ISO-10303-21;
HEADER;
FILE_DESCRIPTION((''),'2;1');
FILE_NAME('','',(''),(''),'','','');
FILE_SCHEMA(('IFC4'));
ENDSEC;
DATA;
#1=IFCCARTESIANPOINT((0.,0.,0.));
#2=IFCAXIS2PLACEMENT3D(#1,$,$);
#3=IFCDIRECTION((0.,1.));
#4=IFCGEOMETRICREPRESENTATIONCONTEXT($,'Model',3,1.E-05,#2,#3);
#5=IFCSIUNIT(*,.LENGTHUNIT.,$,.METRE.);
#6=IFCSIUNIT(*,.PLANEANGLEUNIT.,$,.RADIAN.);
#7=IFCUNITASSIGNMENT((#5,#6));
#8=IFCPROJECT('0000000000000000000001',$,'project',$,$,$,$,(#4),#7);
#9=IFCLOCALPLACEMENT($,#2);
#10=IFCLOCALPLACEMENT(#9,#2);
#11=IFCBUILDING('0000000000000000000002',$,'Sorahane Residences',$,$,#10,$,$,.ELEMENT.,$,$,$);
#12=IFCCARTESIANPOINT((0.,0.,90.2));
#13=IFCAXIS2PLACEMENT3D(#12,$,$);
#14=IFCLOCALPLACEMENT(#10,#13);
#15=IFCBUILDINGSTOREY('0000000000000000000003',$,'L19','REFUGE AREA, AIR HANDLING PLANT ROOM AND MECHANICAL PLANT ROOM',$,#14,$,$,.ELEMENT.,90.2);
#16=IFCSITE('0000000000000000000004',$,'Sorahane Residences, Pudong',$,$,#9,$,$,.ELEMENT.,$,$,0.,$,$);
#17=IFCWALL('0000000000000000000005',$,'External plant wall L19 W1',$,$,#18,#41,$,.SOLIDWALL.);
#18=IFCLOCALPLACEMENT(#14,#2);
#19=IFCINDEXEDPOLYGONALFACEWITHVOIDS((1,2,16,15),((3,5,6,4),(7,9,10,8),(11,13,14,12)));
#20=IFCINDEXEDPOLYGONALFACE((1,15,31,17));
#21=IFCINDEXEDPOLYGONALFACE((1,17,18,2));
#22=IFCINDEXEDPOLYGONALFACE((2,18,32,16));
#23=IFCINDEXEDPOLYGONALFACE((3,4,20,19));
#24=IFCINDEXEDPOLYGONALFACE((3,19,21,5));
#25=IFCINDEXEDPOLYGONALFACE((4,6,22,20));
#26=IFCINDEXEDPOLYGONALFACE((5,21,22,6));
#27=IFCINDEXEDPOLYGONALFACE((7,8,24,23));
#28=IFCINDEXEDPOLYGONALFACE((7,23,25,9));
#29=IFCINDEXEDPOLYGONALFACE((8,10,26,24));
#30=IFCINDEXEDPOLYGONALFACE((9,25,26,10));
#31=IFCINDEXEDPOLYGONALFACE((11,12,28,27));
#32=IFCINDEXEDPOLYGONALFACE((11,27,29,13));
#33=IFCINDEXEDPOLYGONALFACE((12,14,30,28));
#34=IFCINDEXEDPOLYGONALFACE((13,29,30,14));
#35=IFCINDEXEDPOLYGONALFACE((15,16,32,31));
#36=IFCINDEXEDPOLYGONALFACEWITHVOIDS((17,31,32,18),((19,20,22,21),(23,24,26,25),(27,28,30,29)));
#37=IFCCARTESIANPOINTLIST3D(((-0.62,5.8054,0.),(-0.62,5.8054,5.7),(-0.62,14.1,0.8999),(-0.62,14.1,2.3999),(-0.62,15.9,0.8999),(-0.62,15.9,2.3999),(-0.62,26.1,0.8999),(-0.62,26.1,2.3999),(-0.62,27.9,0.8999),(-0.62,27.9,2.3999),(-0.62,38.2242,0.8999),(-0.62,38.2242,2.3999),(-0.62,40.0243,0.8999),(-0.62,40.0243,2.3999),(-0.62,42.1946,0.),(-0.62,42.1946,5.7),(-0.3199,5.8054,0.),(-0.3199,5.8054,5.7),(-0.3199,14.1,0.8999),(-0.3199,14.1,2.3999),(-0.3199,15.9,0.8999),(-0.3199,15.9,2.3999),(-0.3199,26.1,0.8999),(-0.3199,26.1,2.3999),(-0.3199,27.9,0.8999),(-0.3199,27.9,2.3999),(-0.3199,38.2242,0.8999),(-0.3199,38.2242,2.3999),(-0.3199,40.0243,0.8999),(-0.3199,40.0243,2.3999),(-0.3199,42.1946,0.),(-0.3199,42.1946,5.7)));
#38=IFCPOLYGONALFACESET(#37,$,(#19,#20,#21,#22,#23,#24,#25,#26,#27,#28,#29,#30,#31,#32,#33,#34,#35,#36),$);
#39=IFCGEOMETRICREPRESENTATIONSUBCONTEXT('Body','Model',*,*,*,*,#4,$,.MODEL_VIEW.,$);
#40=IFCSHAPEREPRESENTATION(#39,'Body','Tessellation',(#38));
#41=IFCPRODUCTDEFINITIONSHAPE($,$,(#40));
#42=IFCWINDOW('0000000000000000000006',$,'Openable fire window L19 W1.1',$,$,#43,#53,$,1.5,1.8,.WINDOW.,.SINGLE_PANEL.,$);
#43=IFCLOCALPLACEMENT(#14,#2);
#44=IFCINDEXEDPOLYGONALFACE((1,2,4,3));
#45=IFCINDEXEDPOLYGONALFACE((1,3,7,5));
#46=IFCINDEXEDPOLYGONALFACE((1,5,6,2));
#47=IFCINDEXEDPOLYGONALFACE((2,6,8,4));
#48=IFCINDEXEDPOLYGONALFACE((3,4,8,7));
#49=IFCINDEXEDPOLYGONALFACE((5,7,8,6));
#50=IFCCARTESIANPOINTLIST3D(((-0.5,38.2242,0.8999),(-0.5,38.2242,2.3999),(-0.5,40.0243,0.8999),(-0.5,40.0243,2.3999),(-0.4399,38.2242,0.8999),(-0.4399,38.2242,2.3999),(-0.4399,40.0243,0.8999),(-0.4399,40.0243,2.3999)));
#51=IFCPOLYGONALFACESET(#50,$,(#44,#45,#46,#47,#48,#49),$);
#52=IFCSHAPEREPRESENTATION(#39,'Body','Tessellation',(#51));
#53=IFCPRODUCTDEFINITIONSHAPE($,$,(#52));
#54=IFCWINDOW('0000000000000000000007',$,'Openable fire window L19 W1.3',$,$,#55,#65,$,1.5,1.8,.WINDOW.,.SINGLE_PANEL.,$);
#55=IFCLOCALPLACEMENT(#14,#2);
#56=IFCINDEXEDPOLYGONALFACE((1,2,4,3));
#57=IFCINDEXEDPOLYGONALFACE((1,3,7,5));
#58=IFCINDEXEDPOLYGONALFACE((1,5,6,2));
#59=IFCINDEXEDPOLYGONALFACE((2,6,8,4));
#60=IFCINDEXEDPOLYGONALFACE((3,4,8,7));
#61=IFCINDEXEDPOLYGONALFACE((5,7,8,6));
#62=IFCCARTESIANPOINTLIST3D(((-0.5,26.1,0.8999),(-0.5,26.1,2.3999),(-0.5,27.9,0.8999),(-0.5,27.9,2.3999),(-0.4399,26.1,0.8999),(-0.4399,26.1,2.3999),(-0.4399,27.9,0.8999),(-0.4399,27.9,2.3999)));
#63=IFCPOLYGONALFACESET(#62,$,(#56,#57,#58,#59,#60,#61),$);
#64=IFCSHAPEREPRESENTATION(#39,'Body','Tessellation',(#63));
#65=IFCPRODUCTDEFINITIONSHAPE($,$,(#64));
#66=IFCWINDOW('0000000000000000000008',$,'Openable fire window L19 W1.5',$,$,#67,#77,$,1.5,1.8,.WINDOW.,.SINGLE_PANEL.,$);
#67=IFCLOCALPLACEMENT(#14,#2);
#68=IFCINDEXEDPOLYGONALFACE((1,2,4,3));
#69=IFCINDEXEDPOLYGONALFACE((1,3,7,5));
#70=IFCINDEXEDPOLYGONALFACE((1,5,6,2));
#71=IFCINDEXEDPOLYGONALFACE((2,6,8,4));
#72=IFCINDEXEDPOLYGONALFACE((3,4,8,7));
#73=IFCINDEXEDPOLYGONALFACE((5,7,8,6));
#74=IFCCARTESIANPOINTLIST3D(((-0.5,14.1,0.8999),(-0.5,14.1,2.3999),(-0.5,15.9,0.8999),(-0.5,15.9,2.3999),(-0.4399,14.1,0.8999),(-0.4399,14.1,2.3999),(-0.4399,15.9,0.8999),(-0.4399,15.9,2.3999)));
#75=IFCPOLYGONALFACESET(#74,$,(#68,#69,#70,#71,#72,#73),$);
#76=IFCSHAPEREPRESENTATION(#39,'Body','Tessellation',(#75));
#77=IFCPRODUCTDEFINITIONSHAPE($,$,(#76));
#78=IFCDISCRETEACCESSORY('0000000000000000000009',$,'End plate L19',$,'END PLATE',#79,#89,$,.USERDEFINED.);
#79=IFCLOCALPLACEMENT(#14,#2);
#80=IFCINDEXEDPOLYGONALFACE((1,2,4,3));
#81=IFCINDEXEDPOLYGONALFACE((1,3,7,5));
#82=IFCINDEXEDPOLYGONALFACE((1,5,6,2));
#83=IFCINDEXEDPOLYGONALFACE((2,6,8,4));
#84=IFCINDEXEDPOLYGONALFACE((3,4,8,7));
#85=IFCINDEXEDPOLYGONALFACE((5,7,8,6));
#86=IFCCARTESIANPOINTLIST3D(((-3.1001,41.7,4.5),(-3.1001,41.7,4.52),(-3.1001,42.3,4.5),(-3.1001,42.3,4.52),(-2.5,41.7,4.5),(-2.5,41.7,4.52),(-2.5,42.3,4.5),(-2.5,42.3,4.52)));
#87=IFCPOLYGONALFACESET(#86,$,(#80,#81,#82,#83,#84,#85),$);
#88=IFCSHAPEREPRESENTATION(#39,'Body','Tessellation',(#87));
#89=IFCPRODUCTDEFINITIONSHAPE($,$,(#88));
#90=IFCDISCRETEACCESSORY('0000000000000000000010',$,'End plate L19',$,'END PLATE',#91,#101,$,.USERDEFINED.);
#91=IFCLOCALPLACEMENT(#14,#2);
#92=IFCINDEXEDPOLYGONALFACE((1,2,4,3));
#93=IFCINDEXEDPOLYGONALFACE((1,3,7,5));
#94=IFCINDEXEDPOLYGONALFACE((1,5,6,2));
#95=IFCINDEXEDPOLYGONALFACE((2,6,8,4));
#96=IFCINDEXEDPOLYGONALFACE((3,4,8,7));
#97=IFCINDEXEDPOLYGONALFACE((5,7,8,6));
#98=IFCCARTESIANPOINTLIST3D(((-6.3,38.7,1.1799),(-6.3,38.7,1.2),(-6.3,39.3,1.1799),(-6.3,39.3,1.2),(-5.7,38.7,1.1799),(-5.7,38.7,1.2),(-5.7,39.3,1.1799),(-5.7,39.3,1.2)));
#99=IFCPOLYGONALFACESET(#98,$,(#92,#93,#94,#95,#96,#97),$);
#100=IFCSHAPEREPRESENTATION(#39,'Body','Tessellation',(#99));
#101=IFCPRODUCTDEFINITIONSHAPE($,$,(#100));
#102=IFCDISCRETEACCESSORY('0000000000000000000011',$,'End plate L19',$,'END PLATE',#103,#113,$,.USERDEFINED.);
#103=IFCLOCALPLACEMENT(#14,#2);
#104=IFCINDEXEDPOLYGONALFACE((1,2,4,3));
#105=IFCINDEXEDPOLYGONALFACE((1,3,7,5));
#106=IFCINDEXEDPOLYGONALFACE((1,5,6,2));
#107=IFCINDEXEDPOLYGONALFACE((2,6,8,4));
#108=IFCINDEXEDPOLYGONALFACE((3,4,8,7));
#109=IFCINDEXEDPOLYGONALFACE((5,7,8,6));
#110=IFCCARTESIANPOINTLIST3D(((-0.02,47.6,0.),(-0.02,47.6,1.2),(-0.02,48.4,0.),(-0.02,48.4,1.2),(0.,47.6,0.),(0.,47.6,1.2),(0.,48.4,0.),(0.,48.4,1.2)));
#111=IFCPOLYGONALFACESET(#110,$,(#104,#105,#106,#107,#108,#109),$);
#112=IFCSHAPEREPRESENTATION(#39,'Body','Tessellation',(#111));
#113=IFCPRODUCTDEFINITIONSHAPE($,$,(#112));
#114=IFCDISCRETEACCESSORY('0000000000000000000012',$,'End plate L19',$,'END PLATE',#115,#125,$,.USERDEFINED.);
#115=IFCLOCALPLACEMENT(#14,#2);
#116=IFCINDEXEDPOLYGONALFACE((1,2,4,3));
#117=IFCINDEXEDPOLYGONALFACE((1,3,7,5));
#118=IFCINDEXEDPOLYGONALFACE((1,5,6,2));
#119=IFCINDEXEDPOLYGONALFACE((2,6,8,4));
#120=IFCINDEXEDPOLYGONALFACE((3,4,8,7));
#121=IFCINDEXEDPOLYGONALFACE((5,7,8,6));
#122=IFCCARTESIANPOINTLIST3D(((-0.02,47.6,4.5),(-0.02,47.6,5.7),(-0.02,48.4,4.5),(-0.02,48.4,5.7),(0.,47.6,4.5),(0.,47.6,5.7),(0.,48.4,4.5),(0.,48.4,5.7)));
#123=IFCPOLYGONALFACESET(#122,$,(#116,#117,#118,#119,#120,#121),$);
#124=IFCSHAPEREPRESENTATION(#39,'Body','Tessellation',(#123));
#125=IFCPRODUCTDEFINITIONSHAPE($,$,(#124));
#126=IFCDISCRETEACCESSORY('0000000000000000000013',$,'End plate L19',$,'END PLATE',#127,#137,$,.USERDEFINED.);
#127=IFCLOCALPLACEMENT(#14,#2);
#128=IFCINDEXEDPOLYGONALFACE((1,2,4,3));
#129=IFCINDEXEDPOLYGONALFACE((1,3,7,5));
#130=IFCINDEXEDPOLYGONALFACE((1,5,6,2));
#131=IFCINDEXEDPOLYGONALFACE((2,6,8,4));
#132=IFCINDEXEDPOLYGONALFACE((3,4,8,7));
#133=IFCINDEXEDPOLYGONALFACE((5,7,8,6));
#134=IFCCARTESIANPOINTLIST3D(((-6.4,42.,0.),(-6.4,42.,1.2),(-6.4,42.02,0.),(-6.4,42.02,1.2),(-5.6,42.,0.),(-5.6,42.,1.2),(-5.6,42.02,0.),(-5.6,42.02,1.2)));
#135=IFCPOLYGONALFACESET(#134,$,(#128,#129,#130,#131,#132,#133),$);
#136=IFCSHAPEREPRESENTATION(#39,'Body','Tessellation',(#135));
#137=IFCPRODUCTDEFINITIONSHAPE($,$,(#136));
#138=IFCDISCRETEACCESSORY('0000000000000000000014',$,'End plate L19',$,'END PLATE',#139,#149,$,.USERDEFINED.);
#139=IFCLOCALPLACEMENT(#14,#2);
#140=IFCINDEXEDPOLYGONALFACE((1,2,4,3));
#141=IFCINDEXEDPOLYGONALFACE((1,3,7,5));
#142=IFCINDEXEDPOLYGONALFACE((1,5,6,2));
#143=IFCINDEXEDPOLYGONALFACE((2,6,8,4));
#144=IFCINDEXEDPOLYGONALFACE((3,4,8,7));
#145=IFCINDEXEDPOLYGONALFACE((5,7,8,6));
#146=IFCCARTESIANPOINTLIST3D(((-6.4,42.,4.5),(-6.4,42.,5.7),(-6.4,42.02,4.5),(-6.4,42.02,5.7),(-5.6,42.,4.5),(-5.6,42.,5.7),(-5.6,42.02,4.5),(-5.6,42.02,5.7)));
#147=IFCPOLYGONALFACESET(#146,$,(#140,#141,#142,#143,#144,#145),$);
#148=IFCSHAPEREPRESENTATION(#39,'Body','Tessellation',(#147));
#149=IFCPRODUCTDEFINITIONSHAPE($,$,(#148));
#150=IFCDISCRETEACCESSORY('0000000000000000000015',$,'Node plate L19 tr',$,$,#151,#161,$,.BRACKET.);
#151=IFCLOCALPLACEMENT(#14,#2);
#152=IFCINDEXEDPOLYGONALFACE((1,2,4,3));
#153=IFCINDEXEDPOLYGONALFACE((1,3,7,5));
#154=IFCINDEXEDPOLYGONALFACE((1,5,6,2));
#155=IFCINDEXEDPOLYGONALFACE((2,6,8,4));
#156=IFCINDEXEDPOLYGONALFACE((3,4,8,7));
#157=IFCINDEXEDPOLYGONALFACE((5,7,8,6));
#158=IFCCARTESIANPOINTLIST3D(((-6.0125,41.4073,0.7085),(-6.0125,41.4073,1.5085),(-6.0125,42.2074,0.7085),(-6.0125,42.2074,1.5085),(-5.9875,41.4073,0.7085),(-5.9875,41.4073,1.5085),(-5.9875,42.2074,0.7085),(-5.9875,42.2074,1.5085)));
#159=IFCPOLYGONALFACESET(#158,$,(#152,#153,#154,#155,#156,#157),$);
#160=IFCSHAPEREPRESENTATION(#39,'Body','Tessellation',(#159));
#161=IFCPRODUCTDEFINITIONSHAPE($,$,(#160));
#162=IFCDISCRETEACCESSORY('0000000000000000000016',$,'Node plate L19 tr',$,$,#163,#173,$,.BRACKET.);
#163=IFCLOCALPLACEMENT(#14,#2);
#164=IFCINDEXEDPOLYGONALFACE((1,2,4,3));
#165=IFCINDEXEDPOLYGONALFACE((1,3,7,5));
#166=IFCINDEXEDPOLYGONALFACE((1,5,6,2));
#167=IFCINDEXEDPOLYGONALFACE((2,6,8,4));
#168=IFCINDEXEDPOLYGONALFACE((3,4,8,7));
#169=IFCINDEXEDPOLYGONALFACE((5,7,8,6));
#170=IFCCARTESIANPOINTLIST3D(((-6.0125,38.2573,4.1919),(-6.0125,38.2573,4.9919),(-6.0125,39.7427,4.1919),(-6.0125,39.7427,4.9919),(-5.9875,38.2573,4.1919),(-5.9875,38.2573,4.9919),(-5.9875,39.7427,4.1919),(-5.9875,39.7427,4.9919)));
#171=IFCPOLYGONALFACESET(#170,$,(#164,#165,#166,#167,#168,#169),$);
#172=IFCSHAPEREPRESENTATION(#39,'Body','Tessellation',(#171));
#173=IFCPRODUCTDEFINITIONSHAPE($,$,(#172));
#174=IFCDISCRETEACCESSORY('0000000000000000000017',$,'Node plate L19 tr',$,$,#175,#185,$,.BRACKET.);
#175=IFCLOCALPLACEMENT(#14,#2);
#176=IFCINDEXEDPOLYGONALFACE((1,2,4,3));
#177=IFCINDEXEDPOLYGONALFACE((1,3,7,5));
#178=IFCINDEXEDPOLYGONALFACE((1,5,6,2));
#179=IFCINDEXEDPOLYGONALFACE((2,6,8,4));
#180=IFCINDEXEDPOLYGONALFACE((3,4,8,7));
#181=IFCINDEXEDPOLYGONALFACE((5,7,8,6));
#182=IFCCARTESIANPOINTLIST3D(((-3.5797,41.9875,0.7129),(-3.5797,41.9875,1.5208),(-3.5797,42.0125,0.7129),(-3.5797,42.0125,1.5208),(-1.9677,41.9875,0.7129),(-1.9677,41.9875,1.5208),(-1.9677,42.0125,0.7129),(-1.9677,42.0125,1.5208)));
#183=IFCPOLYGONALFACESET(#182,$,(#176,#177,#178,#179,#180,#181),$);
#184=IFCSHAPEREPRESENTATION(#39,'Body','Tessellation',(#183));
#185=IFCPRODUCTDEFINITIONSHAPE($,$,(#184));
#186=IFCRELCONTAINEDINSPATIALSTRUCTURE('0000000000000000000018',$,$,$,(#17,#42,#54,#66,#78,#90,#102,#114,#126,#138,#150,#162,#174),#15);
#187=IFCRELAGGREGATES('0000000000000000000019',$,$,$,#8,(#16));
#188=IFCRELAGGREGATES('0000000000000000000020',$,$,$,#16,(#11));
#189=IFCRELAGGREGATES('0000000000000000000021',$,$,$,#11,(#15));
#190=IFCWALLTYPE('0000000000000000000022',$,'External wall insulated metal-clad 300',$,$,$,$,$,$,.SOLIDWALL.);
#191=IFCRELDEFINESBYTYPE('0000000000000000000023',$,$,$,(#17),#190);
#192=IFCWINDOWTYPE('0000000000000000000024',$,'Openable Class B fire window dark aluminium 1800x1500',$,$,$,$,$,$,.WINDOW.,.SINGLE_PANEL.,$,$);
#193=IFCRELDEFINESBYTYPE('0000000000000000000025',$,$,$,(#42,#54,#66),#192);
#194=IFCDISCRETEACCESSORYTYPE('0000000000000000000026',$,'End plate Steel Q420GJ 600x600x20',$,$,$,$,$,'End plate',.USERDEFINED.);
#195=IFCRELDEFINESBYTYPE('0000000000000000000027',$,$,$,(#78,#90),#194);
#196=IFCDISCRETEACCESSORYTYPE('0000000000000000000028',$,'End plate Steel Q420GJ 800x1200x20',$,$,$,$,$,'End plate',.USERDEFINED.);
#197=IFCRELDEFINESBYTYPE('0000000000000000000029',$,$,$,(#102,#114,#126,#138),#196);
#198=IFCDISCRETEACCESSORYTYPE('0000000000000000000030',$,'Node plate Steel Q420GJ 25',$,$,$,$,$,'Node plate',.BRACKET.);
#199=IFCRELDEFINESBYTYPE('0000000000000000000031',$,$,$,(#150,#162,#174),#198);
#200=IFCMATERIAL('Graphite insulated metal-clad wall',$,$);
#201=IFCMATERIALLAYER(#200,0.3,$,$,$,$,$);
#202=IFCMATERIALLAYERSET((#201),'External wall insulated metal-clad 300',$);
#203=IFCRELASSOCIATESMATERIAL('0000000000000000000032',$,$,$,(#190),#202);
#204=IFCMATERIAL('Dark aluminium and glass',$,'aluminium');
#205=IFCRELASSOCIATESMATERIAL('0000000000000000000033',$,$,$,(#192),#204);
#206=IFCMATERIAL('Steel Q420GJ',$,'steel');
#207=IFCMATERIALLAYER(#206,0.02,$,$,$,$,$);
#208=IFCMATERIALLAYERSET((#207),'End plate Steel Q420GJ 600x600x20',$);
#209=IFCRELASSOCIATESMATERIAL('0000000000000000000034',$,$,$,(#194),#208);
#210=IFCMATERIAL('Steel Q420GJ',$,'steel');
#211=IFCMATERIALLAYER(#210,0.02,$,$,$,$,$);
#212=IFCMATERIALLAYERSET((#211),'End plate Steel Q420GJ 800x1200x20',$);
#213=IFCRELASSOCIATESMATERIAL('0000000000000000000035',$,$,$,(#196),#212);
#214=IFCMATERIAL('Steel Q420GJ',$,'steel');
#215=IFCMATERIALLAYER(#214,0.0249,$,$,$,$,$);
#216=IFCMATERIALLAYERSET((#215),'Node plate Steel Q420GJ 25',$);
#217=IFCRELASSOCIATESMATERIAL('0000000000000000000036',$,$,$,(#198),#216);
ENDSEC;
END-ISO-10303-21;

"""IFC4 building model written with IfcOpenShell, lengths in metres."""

from ifc_helpers import new_model, si_unit, direction, frame, frame_2d, origin, origin_2d, place, context, subcontext, project, spatial, rectangle, extrude, material, layer, layer_set, type_object, element, fill, save


model = new_model("IFC4")

# Units and contexts
model_context = context("Model", 3, precision=1e-05, world=origin(), true_north=direction((0.0, 1.0)))
body_context = subcontext(model_context, "Body", "Model", "MODEL_VIEW")
ifc_project = project(units=[si_unit("LENGTHUNIT", "METRE"), si_unit("PLANEANGLEUNIT", "RADIAN")], contexts=[model_context])

# Site, building, storey
site_placement = place(None, origin())
site = spatial("IfcSite", under=ifc_project, at=site_placement, Name="Sorahane Residences, Pudong", CompositionType="ELEMENT", RefElevation=0.0)
building_placement = place(site_placement, origin())
building = spatial("IfcBuilding", under=site, at=building_placement, Name="Sorahane Residences", CompositionType="ELEMENT")
storey_placement = place(building_placement, frame((0.0, 0.0, 90.2)))
storey = spatial("IfcBuildingStorey", under=building, at=storey_placement, Name="L19", Description="REFUGE AREA, AIR HANDLING PLANT ROOM AND MECHANICAL PLANT ROOM", CompositionType="ELEMENT", Elevation=90.2)

# Wall, openings, windows
ifc_material_1 = material(Name="Graphite insulated metal-clad wall")
ifc_layer_1 = layer(ifc_material_1, 0.3)
ifc_layer_set_1 = layer_set([ifc_layer_1], Name="External wall insulated metal-clad 300")
wall_type = type_object("IfcWallType", Name="External wall insulated metal-clad 300", PredefinedType="SOLIDWALL", material=ifc_layer_set_1)
wall_placement = place(storey_placement, frame((-0.47, 42.1946, 0.0), z_axis=(0.0, 0.0, 1.0), x_axis=(0.0, -1.0, 0.0)))
wall = element("IfcWall", 1, at=wall_placement, inside=storey, type_object=wall_type, Name="External plant wall L19 W1", PredefinedType="SOLIDWALL", context=body_context, shape_type="SweptSolid", body=[
    extrude(rectangle(XDim=36.3892, YDim=0.3, at=frame_2d((18.1946, 0.0))), origin(), (0.0, 0.0, 1.0), 5.7),
])
opening_1_placement = place(wall_placement, frame((2.1704, 0.0, 0.8999)))
opening_1 = element("IfcOpeningElement", 2, at=opening_1_placement, cuts=wall, PredefinedType="OPENING", context=body_context, shape_type="SweptSolid", body=[
    extrude(rectangle(XDim=1.8, YDim=1.5, at=frame_2d((0.8999, 0.75))), frame((0.0, 0.1599, 0.0), z_axis=(0.0, -1.0, 0.0), x_axis=(1.0, 0.0, 0.0)), (0.0, 0.0, 1.0), 0.3201),
])
opening_2_placement = place(wall_placement, frame((14.2947, 0.0, 0.8999)))
opening_2 = element("IfcOpeningElement", 3, at=opening_2_placement, cuts=wall, PredefinedType="OPENING", context=body_context, shape_type="SweptSolid", body=[
    extrude(rectangle(XDim=1.8, YDim=1.5, at=frame_2d((0.8999, 0.75))), frame((0.0, 0.1599, 0.0), z_axis=(0.0, -1.0, 0.0), x_axis=(1.0, 0.0, 0.0)), (0.0, 0.0, 1.0), 0.3201),
])
opening_3_placement = place(wall_placement, frame((26.2947, 0.0, 0.8999)))
opening_3 = element("IfcOpeningElement", 4, at=opening_3_placement, cuts=wall, PredefinedType="OPENING", context=body_context, shape_type="SweptSolid", body=[
    extrude(rectangle(XDim=1.8, YDim=1.5, at=frame_2d((0.8999, 0.75))), frame((0.0, 0.1599, 0.0), z_axis=(0.0, -1.0, 0.0), x_axis=(1.0, 0.0, 0.0)), (0.0, 0.0, 1.0), 0.3201),
])
ifc_material_2 = material(Name="Dark aluminium and glass", Category="aluminium")
window_type = type_object("IfcWindowType", Name="Openable Class B fire window dark aluminium 1800x1500", PartitioningType="SINGLE_PANEL", PredefinedType="WINDOW", material=ifc_material_2)
window_1_placement = place(opening_1_placement, origin())
window_1 = element("IfcWindow", 5, at=window_1_placement, inside=storey, type_object=window_type, Name="Openable fire window L19 W1.1", OverallHeight=1.5, OverallWidth=1.8, PartitioningType="SINGLE_PANEL", PredefinedType="WINDOW", context=body_context, shape_type="SweptSolid", body=[
    extrude(rectangle(XDim=1.8, YDim=1.5, at=frame_2d((0.8999, 0.75))), frame((0.0, 0.03, 0.0), z_axis=(0.0, -1.0, 0.0), x_axis=(1.0, 0.0, 0.0)), (0.0, 0.0, 1.0), 0.0601),
])
fill(opening_1, window_1)
window_2_placement = place(opening_2_placement, origin())
window_2 = element("IfcWindow", 6, at=window_2_placement, inside=storey, type_object=window_type, Name="Openable fire window L19 W1.3", OverallHeight=1.5, OverallWidth=1.8, PartitioningType="SINGLE_PANEL", PredefinedType="WINDOW", context=body_context, shape_type="SweptSolid", body=[
    extrude(rectangle(XDim=1.8, YDim=1.5, at=frame_2d((0.8999, 0.75))), frame((0.0, 0.03, 0.0), z_axis=(0.0, -1.0, 0.0), x_axis=(1.0, 0.0, 0.0)), (0.0, 0.0, 1.0), 0.0601),
])
fill(opening_2, window_2)
window_3_placement = place(opening_3_placement, origin())
window_3 = element("IfcWindow", 7, at=window_3_placement, inside=storey, type_object=window_type, Name="Openable fire window L19 W1.5", OverallHeight=1.5, OverallWidth=1.8, PartitioningType="SINGLE_PANEL", PredefinedType="WINDOW", context=body_context, shape_type="SweptSolid", body=[
    extrude(rectangle(XDim=1.8, YDim=1.5, at=frame_2d((0.8999, 0.75))), frame((0.0, 0.03, 0.0), z_axis=(0.0, -1.0, 0.0), x_axis=(1.0, 0.0, 0.0)), (0.0, 0.0, 1.0), 0.0601),
])
fill(opening_3, window_3)

# Discrete accessories
ifc_material_3 = material(Name="Steel Q420GJ", Category="steel")
ifc_layer_2 = layer(ifc_material_3, 0.02)
ifc_layer_set_2 = layer_set([ifc_layer_2], Name="End plate Steel Q420GJ 600x600x20")
discrete_accessory_type_1 = type_object("IfcDiscreteAccessoryType", Name="End plate Steel Q420GJ 600x600x20", ElementType="End plate", PredefinedType="USERDEFINED", material=ifc_layer_set_2)
for number, where, z_axis, x_axis, name in (
    (8, (-2.8, 42.0, 4.5), (0.0, 0.0, 1.0), (1.0, 0.0, 0.0), "End plate L19"),
    (9, (-6.0, 39.0, 1.1799), (0.0, 0.0, 1.0), (1.0, 0.0, 0.0), "End plate L19"),
):
    element("IfcDiscreteAccessory", number, at=place(storey_placement, frame(where, z_axis=z_axis, x_axis=x_axis)), inside=storey, type_object=discrete_accessory_type_1, Name=name, ObjectType="END PLATE", PredefinedType="USERDEFINED", context=body_context, shape_type="SweptSolid", body=[
        extrude(rectangle(XDim=0.6001, YDim=0.6001, at=origin_2d()), origin(), (0.0, 0.0, 1.0), 0.02),
    ])
ifc_material_4 = material(Name="Steel Q420GJ", Category="steel")
ifc_layer_3 = layer(ifc_material_4, 0.02)
ifc_layer_set_3 = layer_set([ifc_layer_3], Name="End plate Steel Q420GJ 800x1200x20")
discrete_accessory_type_2 = type_object("IfcDiscreteAccessoryType", Name="End plate Steel Q420GJ 800x1200x20", ElementType="End plate", PredefinedType="USERDEFINED", material=ifc_layer_set_3)
for number, where, z_axis, x_axis, name in (
    (10, (-0.01, 48.0, 0.0), (0.0, 0.0, 1.0), (1.0, 0.0, 0.0), "End plate L19"),
    (11, (-0.01, 48.0, 4.5), (0.0, 0.0, 1.0), (1.0, 0.0, 0.0), "End plate L19"),
    (12, (-6.0, 42.01, 0.0), (0.0, 0.0, 1.0), (0.0, 1.0, 0.0), "End plate L19"),
    (13, (-6.0, 42.01, 4.5), (0.0, 0.0, 1.0), (0.0, 1.0, 0.0), "End plate L19"),
):
    element("IfcDiscreteAccessory", number, at=place(storey_placement, frame(where, z_axis=z_axis, x_axis=x_axis)), inside=storey, type_object=discrete_accessory_type_2, Name=name, ObjectType="END PLATE", PredefinedType="USERDEFINED", context=body_context, shape_type="SweptSolid", body=[
        extrude(rectangle(XDim=0.02, YDim=0.8, at=origin_2d()), origin(), (0.0, 0.0, 1.0), 1.2),
    ])
ifc_material_5 = material(Name="Steel Q420GJ", Category="steel")
ifc_layer_4 = layer(ifc_material_5, 0.0249)
ifc_layer_set_4 = layer_set([ifc_layer_4], Name="Node plate Steel Q420GJ 25")
discrete_accessory_type_3 = type_object("IfcDiscreteAccessoryType", Name="Node plate Steel Q420GJ 25", ElementType="Node plate", PredefinedType="BRACKET", material=ifc_layer_set_4)
discrete_accessory_1_placement = place(storey_placement, frame((-6.0, 41.8074, 0.7085), z_axis=(0.0, 0.0, 1.0), x_axis=(0.0, 1.0, 0.0)))
element("IfcDiscreteAccessory", 14, at=discrete_accessory_1_placement, inside=storey, type_object=discrete_accessory_type_3, Name="Node plate L19 tr", PredefinedType="BRACKET", context=body_context, shape_type="SweptSolid", body=[
    extrude(rectangle(XDim=0.8, YDim=0.0249, at=origin_2d()), origin(), (0.0, 0.0, 1.0), 0.8),
])
discrete_accessory_2_placement = place(storey_placement, frame((-6.0, 39.0, 4.1919), z_axis=(0.0, 0.0, 1.0), x_axis=(0.0, 1.0, 0.0)))
element("IfcDiscreteAccessory", 15, at=discrete_accessory_2_placement, inside=storey, type_object=discrete_accessory_type_3, Name="Node plate L19 tr", PredefinedType="BRACKET", context=body_context, shape_type="SweptSolid", body=[
    extrude(rectangle(XDim=1.4854, YDim=0.0249, at=origin_2d()), origin(), (0.0, 0.0, 1.0), 0.8),
])
discrete_accessory_3_placement = place(storey_placement, frame((-2.7737, 42.0, 0.7129), z_axis=(0.0, 0.0, 1.0), x_axis=(1.0, 0.0, 0.0)))
element("IfcDiscreteAccessory", 16, at=discrete_accessory_3_placement, inside=storey, type_object=discrete_accessory_type_3, Name="Node plate L19 tr", PredefinedType="BRACKET", context=body_context, shape_type="SweptSolid", body=[
    extrude(rectangle(XDim=1.6121, YDim=0.0249, at=origin_2d()), origin(), (0.0, 0.0, 1.0), 0.8079),
])

save(model, "model.ifc")
